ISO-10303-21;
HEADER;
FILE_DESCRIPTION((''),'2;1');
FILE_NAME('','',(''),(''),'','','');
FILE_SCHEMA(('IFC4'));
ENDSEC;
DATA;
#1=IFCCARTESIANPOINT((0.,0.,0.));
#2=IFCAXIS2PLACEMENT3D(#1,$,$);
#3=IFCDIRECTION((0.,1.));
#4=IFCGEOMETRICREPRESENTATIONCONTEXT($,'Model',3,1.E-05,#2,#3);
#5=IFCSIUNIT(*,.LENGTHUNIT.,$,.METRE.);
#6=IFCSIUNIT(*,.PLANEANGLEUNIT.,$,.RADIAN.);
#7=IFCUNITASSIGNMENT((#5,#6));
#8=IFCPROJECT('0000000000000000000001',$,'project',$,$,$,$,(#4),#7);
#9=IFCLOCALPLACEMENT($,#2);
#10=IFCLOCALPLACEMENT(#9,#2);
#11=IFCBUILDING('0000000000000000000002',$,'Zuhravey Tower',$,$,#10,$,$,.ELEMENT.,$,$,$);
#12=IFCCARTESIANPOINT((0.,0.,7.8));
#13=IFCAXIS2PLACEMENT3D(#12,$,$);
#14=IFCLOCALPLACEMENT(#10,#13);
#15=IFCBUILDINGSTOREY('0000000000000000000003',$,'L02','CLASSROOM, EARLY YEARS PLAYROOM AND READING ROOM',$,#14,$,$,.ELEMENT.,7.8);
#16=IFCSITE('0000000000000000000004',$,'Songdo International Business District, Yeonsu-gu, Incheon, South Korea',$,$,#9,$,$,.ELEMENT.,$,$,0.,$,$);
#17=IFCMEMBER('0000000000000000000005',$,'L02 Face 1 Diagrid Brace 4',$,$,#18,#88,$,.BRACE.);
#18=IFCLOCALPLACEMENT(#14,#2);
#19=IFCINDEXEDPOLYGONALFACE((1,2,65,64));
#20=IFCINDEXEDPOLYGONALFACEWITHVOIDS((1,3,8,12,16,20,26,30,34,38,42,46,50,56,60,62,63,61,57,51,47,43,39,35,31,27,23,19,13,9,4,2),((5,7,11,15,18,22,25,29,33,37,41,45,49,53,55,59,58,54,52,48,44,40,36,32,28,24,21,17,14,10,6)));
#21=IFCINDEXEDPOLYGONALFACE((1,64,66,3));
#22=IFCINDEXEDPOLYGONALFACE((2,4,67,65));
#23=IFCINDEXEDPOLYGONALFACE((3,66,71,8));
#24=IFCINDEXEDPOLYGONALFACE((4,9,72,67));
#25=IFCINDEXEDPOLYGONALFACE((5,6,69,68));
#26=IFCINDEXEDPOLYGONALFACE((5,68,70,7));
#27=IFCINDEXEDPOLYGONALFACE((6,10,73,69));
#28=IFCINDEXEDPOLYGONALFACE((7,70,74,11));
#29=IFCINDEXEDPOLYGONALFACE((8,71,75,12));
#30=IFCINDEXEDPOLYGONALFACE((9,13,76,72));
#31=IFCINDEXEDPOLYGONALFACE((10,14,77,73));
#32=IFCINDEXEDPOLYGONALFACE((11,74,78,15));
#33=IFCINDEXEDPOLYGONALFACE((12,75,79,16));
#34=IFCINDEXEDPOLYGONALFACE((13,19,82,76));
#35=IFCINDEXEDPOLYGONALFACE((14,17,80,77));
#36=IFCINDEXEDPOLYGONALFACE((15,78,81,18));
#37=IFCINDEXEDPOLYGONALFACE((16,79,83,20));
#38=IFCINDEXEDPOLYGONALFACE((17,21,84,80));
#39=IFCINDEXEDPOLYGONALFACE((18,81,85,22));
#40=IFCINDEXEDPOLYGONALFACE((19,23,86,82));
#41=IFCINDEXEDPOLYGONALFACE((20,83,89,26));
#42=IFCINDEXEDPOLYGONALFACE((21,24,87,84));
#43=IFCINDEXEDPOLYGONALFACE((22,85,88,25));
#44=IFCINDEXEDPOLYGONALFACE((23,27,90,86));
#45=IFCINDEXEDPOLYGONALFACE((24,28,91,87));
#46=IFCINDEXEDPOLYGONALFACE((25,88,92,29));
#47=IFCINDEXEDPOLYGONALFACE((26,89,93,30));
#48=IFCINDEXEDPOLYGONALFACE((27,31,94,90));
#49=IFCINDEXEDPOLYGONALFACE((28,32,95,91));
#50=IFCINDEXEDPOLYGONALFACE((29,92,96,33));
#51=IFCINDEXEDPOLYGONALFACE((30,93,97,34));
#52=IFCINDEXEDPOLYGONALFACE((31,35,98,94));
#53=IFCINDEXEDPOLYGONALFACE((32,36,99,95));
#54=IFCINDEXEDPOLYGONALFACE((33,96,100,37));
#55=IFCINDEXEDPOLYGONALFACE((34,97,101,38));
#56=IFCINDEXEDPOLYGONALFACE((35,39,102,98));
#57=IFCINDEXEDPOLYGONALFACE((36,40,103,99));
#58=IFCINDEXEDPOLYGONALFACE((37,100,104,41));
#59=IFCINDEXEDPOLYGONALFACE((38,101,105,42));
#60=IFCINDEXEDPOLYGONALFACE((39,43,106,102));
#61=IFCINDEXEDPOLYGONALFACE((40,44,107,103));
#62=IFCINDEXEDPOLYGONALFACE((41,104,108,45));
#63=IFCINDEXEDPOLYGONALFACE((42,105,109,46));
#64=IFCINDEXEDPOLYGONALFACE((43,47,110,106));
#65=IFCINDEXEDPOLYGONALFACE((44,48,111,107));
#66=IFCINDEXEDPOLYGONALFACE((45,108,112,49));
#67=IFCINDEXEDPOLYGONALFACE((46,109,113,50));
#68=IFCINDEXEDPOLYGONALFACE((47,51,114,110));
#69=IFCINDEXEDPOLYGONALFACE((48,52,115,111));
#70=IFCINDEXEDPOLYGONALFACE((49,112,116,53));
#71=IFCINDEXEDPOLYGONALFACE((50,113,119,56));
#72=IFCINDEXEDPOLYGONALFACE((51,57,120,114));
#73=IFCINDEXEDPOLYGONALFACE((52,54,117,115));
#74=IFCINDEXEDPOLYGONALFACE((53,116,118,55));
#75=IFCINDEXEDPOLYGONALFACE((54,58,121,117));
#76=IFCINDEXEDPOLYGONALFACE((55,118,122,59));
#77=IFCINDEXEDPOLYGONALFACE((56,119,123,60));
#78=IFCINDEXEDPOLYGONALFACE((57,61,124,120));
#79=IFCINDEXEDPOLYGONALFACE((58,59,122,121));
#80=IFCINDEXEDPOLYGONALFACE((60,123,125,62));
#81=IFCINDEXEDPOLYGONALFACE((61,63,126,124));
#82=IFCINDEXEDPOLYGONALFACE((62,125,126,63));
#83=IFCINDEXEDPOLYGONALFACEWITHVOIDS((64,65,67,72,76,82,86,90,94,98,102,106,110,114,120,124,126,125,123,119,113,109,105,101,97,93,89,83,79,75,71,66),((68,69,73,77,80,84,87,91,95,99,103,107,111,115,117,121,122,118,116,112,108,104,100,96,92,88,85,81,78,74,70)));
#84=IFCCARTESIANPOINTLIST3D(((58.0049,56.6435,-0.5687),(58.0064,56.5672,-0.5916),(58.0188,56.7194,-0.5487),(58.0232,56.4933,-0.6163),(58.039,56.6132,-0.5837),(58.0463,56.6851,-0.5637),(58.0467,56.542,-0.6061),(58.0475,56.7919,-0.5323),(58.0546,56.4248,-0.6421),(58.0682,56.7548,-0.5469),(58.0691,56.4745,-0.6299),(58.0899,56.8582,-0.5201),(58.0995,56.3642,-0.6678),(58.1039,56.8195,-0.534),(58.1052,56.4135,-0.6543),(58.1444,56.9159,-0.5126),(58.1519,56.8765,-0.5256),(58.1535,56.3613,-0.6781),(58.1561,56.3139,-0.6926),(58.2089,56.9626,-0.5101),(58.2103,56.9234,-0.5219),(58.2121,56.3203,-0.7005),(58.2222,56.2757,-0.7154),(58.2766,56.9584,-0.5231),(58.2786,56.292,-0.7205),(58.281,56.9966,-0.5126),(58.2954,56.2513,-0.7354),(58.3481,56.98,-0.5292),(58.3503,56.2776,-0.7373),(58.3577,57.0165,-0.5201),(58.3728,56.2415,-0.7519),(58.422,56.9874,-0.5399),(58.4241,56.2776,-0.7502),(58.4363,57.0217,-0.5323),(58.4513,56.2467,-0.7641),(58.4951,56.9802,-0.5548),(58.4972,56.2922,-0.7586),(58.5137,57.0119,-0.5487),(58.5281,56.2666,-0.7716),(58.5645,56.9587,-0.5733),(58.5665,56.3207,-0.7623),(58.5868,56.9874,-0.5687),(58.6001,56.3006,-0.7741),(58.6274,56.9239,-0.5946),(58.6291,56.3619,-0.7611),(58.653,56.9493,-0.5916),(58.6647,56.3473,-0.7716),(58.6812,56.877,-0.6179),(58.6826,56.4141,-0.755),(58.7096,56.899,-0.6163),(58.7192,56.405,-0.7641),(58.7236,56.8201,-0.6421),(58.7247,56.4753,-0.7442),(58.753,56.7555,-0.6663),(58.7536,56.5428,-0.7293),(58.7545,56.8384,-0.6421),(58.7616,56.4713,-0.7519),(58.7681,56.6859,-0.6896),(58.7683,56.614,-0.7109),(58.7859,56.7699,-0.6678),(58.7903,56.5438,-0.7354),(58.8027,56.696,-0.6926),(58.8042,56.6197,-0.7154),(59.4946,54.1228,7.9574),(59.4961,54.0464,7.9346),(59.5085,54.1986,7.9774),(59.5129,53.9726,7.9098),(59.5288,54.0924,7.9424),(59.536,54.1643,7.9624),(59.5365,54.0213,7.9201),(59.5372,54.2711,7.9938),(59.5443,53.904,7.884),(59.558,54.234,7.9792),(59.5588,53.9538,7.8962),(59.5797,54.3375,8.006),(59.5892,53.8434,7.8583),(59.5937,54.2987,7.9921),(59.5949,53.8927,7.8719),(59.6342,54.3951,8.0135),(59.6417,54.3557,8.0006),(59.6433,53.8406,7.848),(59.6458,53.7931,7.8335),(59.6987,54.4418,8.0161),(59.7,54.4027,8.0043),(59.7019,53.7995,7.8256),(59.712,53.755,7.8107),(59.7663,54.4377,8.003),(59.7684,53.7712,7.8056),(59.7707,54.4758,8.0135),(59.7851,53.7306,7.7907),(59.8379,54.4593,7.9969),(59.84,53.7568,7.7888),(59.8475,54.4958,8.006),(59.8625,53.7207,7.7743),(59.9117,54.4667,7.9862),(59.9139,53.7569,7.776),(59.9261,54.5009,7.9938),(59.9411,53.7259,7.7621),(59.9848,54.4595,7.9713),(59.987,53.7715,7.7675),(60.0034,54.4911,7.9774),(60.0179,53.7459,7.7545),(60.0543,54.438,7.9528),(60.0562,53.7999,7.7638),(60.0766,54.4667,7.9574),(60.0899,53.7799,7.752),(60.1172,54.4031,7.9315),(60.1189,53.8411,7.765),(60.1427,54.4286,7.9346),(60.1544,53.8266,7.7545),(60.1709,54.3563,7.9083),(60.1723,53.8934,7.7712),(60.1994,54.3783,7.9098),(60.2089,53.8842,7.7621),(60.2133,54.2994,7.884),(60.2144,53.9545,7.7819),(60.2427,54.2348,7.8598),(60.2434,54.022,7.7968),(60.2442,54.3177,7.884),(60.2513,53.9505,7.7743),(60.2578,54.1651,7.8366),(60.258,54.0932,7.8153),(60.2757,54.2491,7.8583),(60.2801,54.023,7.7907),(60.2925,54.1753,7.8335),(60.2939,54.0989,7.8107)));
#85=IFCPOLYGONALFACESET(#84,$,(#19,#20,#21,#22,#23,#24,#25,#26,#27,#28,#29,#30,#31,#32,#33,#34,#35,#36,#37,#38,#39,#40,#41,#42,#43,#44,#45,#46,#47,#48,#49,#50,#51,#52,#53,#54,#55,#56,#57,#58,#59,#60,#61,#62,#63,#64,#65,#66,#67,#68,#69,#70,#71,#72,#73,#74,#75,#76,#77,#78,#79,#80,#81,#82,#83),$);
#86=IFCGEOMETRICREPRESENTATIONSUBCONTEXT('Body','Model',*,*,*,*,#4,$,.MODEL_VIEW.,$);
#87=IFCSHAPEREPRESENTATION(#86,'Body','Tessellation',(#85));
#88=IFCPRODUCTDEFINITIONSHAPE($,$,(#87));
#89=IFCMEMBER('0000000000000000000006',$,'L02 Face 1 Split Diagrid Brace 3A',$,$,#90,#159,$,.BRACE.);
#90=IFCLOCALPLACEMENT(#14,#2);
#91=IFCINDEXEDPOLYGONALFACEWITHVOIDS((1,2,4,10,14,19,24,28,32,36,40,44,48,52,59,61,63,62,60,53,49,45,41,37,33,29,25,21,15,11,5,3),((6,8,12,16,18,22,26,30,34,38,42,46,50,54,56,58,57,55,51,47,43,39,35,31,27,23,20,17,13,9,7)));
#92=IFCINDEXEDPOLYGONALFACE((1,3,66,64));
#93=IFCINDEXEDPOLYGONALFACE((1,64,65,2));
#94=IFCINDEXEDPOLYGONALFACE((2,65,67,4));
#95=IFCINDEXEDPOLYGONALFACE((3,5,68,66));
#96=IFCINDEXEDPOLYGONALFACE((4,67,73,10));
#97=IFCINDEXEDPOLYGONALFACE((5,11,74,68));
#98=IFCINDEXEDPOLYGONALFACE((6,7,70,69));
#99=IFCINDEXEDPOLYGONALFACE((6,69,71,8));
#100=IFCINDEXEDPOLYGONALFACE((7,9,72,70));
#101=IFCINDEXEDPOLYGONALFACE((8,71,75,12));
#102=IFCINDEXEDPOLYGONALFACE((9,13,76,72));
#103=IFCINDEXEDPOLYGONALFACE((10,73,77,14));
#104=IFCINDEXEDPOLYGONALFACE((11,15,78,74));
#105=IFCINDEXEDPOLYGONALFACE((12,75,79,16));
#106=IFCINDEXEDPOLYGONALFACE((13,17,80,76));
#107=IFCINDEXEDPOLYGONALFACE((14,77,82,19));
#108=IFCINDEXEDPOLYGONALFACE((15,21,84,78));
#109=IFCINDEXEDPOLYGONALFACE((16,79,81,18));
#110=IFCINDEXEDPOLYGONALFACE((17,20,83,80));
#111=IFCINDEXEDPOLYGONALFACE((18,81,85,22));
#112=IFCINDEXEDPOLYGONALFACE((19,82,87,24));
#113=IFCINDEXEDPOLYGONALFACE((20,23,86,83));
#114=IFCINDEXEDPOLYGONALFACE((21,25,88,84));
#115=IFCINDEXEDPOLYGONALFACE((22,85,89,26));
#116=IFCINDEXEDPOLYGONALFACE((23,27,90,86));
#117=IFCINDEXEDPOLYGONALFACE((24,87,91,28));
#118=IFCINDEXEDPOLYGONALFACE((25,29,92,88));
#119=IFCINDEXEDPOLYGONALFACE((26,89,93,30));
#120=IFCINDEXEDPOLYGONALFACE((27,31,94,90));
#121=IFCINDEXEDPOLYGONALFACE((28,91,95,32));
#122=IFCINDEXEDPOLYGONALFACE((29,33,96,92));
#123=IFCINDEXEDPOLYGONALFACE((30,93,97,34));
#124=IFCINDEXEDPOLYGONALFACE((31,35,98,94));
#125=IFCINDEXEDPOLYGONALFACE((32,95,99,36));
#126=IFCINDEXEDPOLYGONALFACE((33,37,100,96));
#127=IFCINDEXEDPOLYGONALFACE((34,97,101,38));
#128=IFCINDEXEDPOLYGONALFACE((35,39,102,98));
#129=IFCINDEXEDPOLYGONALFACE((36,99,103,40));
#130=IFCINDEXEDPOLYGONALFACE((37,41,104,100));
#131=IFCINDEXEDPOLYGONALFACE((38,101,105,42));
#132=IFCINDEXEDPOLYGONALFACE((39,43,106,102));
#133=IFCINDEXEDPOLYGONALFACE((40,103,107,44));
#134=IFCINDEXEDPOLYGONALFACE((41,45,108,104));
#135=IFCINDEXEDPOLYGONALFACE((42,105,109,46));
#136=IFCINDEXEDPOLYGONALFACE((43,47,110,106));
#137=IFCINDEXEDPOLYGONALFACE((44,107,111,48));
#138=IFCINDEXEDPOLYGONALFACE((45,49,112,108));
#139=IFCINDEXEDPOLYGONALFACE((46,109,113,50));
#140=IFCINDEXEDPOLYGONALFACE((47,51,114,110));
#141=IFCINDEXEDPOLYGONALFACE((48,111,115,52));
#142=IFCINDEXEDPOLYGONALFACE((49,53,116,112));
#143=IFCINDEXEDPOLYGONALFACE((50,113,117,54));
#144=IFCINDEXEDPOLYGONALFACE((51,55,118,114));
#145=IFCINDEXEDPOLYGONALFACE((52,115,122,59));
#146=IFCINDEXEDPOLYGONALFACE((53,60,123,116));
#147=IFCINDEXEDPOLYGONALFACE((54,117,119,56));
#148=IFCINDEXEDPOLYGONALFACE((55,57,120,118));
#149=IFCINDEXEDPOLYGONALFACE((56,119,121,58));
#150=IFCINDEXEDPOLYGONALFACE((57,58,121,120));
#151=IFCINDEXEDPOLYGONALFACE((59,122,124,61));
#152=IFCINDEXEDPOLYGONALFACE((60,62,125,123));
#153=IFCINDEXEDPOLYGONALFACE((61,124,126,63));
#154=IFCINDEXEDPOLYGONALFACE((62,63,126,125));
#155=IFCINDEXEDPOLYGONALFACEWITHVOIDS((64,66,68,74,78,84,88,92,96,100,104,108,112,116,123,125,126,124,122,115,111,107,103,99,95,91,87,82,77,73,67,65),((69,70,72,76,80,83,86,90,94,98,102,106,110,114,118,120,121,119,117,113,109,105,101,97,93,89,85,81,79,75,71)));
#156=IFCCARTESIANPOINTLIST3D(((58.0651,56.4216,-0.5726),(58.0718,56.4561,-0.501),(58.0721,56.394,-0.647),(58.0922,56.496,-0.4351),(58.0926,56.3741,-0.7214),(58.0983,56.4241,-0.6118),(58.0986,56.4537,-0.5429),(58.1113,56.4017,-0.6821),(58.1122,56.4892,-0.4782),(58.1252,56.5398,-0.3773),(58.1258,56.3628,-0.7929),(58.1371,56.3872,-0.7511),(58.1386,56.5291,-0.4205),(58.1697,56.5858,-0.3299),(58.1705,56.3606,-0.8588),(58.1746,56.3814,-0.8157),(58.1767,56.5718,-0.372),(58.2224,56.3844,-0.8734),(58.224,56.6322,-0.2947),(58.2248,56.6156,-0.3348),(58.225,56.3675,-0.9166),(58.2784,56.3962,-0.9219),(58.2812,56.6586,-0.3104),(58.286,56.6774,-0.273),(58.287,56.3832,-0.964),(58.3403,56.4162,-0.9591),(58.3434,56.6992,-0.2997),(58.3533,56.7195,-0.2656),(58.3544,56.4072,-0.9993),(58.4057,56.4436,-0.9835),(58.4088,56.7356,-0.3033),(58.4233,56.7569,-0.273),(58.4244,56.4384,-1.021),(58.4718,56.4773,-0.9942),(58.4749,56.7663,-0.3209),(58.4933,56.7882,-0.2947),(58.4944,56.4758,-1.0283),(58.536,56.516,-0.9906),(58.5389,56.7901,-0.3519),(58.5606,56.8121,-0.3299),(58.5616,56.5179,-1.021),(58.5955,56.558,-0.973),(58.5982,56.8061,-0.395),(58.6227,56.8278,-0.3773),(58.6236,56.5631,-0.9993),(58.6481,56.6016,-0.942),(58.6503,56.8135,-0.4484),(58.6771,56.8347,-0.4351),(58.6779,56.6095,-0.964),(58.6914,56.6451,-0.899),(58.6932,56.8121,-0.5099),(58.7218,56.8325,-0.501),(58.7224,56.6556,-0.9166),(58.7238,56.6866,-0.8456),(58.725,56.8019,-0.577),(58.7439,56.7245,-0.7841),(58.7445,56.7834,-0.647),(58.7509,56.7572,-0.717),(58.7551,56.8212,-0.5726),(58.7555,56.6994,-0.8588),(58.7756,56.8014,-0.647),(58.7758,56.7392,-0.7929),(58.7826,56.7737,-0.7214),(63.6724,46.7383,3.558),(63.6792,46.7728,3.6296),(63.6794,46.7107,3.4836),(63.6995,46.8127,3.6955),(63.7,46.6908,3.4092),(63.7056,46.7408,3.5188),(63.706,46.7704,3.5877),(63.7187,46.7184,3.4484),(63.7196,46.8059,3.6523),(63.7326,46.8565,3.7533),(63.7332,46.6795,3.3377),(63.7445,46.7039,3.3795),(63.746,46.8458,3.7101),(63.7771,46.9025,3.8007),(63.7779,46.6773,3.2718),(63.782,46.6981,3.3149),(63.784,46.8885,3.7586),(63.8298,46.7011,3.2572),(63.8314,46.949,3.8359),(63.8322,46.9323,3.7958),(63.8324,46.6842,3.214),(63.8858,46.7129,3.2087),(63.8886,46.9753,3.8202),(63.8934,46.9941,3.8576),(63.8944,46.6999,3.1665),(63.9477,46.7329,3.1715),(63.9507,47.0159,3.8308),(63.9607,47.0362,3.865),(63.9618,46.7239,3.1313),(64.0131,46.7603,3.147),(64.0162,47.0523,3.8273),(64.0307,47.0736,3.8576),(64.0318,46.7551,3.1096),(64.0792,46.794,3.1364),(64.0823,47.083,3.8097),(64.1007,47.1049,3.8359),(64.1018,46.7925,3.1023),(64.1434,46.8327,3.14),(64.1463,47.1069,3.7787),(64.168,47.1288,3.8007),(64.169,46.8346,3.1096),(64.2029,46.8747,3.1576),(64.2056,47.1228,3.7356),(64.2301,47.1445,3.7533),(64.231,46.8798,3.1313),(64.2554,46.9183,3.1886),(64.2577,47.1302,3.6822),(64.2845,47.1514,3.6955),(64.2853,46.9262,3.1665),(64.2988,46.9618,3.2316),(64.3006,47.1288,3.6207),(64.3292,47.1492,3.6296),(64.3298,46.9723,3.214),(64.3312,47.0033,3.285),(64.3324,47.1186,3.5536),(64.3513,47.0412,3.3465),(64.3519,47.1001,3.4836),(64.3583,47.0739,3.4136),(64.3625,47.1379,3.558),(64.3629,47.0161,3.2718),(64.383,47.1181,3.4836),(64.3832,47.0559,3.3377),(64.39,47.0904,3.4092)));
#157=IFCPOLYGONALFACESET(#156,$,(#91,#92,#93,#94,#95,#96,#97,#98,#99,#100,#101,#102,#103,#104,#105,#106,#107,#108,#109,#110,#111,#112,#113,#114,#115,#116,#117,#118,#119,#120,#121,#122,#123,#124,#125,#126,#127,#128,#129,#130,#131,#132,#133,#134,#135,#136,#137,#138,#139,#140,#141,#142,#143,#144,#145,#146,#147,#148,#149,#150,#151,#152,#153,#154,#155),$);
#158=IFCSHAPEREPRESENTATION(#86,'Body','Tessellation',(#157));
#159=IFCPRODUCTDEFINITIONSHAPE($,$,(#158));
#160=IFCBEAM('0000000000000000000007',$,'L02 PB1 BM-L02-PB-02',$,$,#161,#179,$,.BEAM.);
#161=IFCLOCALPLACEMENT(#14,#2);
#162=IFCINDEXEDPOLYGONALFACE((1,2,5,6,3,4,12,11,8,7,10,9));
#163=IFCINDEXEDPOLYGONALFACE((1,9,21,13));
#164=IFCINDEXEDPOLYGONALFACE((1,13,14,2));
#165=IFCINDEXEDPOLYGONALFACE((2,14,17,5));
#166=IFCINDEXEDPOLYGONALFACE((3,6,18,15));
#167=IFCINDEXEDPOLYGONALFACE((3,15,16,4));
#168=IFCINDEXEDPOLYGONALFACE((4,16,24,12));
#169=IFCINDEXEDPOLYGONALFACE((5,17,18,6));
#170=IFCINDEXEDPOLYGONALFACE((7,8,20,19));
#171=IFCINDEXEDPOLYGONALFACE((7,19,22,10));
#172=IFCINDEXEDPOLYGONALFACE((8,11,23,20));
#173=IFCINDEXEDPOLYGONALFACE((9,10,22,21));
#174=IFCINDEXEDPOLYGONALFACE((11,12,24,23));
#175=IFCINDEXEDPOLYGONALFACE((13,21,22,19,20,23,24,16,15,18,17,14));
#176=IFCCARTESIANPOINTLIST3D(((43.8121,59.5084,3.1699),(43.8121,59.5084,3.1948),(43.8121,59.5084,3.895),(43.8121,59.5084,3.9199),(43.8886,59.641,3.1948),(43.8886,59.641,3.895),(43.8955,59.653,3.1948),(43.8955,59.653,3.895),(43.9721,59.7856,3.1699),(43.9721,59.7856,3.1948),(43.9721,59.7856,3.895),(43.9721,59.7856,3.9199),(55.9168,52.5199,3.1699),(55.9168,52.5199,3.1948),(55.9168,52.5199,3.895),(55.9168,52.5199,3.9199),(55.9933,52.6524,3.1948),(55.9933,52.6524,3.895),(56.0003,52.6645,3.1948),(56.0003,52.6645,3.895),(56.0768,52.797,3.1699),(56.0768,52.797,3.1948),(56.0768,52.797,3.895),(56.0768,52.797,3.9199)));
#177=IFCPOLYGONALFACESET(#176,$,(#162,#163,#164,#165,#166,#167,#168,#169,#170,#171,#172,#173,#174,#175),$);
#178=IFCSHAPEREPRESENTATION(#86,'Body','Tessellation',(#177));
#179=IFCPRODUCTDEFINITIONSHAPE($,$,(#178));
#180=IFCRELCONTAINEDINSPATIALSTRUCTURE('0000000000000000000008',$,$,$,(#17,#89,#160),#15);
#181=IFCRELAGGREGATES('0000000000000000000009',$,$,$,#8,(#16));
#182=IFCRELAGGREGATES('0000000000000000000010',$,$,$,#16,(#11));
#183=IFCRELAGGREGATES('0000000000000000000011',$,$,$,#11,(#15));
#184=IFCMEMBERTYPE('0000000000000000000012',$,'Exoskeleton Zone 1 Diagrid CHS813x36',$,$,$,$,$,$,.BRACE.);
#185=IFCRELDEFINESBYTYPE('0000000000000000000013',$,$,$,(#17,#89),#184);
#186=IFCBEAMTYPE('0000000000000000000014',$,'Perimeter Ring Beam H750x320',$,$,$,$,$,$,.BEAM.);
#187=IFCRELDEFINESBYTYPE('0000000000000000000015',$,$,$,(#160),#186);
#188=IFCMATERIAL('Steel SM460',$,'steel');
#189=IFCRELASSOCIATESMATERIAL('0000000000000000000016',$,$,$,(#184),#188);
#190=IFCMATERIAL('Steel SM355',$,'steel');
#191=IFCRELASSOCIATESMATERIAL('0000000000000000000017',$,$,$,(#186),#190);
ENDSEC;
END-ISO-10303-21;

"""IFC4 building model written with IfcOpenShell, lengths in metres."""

from ifc_helpers import new_model, si_unit, direction, frame, origin, origin_2d, place, context, subcontext, project, spatial, hollow_circle, i_section, extrude, material, material_profile, profile_set, type_object, element, save


model = new_model("IFC4")

# Units and contexts
model_context = context("Model", 3, precision=1e-05, world=origin(), true_north=direction((0.0, 1.0)))
body_context = subcontext(model_context, "Body", "Model", "MODEL_VIEW")
ifc_project = project(units=[si_unit("LENGTHUNIT", "METRE"), si_unit("PLANEANGLEUNIT", "RADIAN")], contexts=[model_context])

# Site, building, storey
site_placement = place(None, origin())
site = spatial("IfcSite", under=ifc_project, at=site_placement, Name="Songdo International Business District, Yeonsu-gu, Incheon, South Korea", CompositionType="ELEMENT", RefElevation=0.0)
building_placement = place(site_placement, origin())
building = spatial("IfcBuilding", under=site, at=building_placement, Name="Zuhravey Tower", CompositionType="ELEMENT")
storey_placement = place(building_placement, frame((0.0, 0.0, 7.8)))
storey = spatial("IfcBuildingStorey", under=building, at=storey_placement, Name="L02", Description="CLASSROOM, EARLY YEARS PLAYROOM AND READING ROOM", CompositionType="ELEMENT", Elevation=7.8)

# Members
ifc_material_1 = material(Name="Steel SM460", Category="steel")
ifc_material_profile_1 = material_profile(ifc_material_1, hollow_circle(Radius=0.4065, WallThickness=0.0359, at=origin_2d()), Name="CHS-812.8x36")
ifc_profile_set_1 = profile_set([ifc_material_profile_1], Name="Steel SM460")
member_type_1 = type_object("IfcMemberType", Name="Exoskeleton Zone 1 Diagrid CHS813x36", PredefinedType="BRACE", material=ifc_profile_set_1)
member_1_placement = place(storey_placement, frame((58.4045, 56.6316, -0.6421), z_axis=(0.165254, -0.279621, 0.945782), x_axis=(0.860895, 0.508783, 0.0)))
element("IfcMember", 1, at=member_1_placement, inside=storey, type_object=member_type_1, Name="L02 Face 1 Diagrid Brace 4", PredefinedType="BRACE", context=body_context, shape_type="SweptSolid", body=[
    extrude(hollow_circle(Radius=0.4065, WallThickness=0.0359, at=origin_2d()), origin(), (0.0, 0.0, 1.0), 9.0149),
])
member_2_placement = place(storey_placement, frame((58.4238, 56.5977, -0.647), z_axis=(0.470114, -0.81183, 0.346302), x_axis=(0.865377, 0.501121, 0.0)))
element("IfcMember", 2, at=member_2_placement, inside=storey, type_object=member_type_1, Name="L02 Face 1 Split Diagrid Brace 3A", PredefinedType="BRACE", context=body_context, shape_type="SweptSolid", body=[
    extrude(hollow_circle(Radius=0.4065, WallThickness=0.0359, at=origin_2d()), origin(), (0.0, 0.0, 1.0), 11.9277),
])

# Beam
ifc_material_2 = material(Name="Steel SM355", Category="steel")
ifc_material_profile_2 = material_profile(ifc_material_2, i_section(OverallWidth=0.3201, OverallDepth=0.75, WebThickness=0.0139, FlangeThickness=0.0249, at=origin_2d()), Name="H-750x320x14x25")
ifc_profile_set_2 = profile_set([ifc_material_profile_2], Name="Steel SM355")
beam_type_1 = type_object("IfcBeamType", Name="Perimeter Ring Beam H750x320", PredefinedType="BEAM", material=ifc_profile_set_2)
beam_1_placement = place(storey_placement, frame((55.9968, 52.6584, 3.5449), z_axis=(-0.86603, 0.499992, 0.0), x_axis=(-0.499992, -0.86603, 0.0)))
element("IfcBeam", 3, at=beam_1_placement, inside=storey, type_object=beam_type_1, Name="L02 PB1 BM-L02-PB-02", PredefinedType="BEAM", context=body_context, shape_type="SweptSolid", body=[
    extrude(i_section(OverallWidth=0.3201, OverallDepth=0.75, WebThickness=0.0139, FlangeThickness=0.0249, at=origin_2d()), origin(), (0.0, 0.0, 1.0), 13.9773),
])

save(model, "model.ifc")
